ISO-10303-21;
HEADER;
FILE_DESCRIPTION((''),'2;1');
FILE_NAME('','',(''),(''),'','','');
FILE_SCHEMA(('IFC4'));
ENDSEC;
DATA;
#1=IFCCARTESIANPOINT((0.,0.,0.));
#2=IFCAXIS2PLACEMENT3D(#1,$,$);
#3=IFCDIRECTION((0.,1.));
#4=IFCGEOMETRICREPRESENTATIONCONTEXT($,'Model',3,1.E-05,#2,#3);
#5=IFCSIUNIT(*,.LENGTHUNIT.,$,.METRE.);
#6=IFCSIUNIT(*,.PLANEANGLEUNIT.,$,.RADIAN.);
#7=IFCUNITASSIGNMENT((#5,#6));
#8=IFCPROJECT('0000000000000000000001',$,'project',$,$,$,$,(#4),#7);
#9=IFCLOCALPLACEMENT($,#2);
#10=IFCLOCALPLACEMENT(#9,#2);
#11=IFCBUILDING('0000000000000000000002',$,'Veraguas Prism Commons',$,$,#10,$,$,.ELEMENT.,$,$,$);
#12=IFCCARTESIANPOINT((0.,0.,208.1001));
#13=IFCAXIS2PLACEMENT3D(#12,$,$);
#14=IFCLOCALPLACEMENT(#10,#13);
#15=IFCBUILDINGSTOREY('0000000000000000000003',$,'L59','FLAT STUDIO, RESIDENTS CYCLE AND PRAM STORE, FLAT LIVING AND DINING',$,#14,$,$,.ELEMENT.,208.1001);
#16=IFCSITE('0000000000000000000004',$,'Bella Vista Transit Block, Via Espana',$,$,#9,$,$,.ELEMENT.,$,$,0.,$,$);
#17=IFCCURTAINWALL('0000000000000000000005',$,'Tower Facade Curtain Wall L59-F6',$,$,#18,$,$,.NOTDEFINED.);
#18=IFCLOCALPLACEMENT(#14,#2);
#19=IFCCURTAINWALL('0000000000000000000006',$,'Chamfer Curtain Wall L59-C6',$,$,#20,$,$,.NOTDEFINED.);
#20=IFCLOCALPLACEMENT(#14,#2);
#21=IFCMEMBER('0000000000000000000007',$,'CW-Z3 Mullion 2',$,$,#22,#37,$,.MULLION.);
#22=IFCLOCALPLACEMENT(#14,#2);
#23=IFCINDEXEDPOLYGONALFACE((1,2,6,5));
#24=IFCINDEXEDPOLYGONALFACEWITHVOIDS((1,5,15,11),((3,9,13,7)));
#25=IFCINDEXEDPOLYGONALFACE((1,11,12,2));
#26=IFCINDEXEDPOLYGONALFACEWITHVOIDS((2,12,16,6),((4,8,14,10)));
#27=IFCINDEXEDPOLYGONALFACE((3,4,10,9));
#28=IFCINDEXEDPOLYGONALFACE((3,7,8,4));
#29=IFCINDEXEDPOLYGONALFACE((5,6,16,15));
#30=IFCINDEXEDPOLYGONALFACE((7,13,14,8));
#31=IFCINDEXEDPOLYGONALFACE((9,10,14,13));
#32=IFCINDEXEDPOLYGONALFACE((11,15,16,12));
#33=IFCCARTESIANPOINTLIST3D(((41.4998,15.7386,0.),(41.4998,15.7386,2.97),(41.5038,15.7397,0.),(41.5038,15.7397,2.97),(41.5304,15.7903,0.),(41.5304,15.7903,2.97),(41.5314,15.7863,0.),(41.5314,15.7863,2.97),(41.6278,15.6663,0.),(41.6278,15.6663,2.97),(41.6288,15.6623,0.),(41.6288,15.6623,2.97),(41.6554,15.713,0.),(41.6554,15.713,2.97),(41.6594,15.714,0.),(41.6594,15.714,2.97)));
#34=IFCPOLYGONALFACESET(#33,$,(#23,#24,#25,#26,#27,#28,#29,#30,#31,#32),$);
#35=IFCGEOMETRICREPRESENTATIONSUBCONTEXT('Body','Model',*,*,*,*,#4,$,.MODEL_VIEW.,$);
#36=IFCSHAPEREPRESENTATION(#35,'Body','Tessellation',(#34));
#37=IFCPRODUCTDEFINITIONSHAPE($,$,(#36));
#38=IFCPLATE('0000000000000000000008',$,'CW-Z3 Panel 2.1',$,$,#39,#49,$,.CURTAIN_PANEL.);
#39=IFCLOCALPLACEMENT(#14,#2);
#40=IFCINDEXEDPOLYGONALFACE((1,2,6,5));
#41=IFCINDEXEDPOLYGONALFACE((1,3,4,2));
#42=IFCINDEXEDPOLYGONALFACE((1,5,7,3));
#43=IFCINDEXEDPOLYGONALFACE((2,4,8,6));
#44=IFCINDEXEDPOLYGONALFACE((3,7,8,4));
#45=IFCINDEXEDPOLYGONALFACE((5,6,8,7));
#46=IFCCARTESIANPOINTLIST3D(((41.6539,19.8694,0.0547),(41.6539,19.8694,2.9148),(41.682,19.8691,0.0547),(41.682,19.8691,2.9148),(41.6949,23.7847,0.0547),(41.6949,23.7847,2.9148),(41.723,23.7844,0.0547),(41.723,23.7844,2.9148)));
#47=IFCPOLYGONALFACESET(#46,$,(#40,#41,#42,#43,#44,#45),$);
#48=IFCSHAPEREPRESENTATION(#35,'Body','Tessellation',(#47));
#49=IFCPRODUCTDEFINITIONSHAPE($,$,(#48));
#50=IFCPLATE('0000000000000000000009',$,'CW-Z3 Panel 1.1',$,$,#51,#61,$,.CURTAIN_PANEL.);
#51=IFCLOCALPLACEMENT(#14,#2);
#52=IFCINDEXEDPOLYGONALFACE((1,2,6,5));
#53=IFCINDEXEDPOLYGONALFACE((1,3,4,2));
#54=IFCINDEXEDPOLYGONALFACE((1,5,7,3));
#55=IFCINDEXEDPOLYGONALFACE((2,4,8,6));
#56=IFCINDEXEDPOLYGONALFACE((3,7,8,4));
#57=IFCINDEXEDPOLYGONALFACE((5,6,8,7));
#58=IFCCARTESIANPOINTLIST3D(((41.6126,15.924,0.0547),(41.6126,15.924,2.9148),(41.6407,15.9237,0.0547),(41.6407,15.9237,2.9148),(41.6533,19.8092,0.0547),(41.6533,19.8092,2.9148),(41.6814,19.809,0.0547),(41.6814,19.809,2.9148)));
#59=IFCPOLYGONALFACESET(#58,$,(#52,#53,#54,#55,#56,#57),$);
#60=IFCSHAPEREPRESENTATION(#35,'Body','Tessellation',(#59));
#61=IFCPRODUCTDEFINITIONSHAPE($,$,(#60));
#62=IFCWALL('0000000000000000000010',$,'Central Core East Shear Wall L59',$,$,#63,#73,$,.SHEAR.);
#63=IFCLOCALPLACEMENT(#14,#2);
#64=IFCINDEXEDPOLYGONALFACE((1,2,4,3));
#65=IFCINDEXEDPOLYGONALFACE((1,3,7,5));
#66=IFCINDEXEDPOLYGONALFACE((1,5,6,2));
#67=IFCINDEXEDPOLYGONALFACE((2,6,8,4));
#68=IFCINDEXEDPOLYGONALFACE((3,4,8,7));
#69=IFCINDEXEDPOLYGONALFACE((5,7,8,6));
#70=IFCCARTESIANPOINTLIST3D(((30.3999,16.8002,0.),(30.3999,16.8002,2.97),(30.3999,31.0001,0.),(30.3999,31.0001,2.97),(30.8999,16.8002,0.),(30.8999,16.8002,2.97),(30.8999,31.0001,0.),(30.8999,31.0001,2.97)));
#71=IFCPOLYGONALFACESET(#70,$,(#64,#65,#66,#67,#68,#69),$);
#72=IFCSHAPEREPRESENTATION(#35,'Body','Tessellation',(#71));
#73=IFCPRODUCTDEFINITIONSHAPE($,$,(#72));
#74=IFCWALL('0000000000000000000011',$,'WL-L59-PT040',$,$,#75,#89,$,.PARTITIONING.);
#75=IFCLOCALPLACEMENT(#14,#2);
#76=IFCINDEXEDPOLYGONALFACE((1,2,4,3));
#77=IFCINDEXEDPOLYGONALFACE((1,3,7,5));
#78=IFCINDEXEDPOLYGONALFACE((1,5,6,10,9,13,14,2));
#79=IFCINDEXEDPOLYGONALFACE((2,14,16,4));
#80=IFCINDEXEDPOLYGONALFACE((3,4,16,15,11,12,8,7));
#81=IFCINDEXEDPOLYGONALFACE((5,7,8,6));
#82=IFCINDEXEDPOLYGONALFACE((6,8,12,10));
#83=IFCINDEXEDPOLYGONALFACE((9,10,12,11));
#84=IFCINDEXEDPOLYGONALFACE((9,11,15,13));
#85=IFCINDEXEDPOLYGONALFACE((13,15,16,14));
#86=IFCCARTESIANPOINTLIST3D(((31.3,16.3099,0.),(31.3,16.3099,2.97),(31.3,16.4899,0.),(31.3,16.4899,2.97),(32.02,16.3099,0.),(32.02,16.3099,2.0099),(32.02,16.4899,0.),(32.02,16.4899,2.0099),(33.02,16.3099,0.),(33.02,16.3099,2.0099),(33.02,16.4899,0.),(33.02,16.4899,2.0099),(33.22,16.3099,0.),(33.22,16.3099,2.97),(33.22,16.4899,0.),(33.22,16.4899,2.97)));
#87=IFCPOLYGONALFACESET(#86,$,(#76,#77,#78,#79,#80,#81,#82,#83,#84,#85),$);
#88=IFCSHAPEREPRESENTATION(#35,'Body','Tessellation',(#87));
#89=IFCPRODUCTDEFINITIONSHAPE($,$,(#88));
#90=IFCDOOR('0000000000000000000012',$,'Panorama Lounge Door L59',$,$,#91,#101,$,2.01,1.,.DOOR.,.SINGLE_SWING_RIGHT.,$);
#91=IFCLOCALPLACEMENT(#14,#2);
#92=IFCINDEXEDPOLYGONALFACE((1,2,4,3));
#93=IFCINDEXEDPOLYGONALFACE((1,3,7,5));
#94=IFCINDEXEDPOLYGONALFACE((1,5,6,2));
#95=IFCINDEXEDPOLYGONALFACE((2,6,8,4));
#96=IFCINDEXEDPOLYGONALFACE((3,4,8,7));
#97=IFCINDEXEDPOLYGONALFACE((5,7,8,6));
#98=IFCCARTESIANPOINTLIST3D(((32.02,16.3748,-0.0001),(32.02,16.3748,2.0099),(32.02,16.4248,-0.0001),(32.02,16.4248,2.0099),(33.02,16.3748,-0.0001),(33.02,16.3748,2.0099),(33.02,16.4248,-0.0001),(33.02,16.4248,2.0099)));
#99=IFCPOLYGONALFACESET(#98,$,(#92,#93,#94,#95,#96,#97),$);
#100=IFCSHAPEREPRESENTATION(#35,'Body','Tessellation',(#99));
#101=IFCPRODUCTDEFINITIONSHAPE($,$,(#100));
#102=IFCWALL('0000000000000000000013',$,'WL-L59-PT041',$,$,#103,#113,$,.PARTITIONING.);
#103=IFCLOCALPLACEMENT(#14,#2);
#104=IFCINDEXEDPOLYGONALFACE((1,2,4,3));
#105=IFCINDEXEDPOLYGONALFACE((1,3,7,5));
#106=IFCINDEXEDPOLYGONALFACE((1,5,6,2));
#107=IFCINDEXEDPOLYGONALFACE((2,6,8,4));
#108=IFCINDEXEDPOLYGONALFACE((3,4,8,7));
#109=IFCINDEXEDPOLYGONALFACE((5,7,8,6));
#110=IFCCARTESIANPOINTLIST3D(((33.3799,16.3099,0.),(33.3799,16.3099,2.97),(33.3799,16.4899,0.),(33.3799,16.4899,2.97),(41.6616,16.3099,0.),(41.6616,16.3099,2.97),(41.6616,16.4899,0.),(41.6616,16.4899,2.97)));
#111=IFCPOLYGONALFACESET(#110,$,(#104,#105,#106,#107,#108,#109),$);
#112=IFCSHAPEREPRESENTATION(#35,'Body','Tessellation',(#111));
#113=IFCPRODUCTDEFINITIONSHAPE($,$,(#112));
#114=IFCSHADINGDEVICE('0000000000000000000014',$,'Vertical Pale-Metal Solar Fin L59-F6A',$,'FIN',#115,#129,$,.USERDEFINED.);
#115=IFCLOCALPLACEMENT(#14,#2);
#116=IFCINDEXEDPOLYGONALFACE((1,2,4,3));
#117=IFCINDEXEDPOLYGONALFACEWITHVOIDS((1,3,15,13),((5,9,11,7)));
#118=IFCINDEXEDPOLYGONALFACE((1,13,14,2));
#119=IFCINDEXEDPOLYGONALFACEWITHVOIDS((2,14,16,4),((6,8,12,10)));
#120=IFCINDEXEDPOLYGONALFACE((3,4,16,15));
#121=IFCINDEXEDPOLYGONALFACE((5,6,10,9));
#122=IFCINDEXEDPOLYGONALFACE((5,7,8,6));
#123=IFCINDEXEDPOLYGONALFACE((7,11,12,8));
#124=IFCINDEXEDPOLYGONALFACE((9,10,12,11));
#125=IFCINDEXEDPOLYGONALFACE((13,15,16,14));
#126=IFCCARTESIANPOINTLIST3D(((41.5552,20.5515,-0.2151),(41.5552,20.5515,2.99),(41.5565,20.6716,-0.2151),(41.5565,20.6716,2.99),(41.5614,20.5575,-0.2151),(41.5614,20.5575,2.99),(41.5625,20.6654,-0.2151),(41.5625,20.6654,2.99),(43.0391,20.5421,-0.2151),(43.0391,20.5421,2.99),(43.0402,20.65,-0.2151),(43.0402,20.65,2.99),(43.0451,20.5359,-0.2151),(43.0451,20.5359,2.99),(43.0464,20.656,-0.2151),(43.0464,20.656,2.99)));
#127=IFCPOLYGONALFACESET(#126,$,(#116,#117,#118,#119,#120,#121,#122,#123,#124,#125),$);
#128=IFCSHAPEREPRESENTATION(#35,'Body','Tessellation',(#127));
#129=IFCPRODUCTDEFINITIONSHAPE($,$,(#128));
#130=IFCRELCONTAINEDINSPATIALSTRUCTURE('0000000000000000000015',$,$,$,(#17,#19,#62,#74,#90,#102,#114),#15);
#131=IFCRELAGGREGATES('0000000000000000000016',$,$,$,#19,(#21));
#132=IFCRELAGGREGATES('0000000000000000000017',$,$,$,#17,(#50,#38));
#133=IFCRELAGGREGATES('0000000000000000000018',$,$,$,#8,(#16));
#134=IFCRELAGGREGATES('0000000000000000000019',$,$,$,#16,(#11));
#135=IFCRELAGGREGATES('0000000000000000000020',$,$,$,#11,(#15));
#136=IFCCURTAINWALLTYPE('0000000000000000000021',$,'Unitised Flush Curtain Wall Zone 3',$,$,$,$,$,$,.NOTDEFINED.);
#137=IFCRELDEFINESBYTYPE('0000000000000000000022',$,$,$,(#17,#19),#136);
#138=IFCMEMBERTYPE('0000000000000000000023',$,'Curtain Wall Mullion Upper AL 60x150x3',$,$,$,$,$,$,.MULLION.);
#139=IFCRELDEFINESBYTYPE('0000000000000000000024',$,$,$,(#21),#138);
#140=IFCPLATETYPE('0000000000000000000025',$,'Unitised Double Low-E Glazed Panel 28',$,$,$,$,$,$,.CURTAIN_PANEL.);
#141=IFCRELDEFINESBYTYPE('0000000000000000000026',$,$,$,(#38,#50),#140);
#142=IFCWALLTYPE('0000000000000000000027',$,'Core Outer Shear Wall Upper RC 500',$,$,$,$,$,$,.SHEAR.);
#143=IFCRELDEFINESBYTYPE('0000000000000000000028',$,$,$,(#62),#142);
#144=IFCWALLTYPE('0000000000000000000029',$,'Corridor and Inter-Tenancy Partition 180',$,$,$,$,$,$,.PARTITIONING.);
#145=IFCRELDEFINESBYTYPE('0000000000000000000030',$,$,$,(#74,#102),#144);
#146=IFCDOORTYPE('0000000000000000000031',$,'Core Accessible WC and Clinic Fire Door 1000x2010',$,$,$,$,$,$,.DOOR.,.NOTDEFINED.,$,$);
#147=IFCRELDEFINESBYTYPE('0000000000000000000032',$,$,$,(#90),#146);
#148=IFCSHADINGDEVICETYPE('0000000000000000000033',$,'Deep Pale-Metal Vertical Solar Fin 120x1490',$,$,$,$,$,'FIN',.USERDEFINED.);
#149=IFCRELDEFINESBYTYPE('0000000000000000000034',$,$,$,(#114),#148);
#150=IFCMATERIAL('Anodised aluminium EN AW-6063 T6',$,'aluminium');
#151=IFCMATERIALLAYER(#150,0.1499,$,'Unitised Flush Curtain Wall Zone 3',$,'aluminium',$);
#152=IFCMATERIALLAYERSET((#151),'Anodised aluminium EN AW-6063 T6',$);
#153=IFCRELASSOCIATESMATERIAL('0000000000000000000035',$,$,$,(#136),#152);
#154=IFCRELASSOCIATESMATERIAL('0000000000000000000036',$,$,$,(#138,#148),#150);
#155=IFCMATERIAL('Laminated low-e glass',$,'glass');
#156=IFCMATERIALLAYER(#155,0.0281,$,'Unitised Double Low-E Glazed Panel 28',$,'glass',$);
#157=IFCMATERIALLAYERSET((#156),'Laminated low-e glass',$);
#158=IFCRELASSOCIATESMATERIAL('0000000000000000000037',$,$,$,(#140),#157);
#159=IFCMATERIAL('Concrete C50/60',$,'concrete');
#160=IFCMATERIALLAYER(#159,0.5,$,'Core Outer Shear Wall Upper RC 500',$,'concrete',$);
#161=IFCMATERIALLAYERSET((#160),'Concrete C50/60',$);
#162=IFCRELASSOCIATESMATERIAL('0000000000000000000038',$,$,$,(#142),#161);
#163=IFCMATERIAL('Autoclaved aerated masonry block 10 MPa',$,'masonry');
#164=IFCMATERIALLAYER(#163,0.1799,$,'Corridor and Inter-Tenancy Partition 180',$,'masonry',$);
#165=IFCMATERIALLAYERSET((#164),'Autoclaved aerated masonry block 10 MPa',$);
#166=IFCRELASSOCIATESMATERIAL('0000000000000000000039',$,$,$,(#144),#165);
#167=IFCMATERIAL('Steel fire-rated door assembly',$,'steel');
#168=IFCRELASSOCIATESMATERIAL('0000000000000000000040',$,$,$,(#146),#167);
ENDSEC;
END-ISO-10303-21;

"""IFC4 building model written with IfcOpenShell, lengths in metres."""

from ifc_helpers import new_model, si_unit, direction, frame, frame_2d, origin, origin_2d, place, context, subcontext, project, spatial, rectangle, hollow_rectangle, extrude, source, transform, mapped, material, layer, layer_set, material_profile, profile_set, type_object, element, fill, aggregate, save


model = new_model("IFC4")

# Units and contexts
model_context = context("Model", 3, precision=1e-05, world=origin(), true_north=direction((0.0, 1.0)))
body_context = subcontext(model_context, "Body", "Model", "MODEL_VIEW")
ifc_project = project(units=[si_unit("LENGTHUNIT", "METRE"), si_unit("PLANEANGLEUNIT", "RADIAN")], contexts=[model_context])

# Site, building, storey
site_placement = place(None, origin())
site = spatial("IfcSite", under=ifc_project, at=site_placement, Name="Bella Vista Transit Block, Via Espana", CompositionType="ELEMENT", RefElevation=0.0)
building_placement = place(site_placement, origin())
building = spatial("IfcBuilding", under=site, at=building_placement, Name="Veraguas Prism Commons", CompositionType="ELEMENT")
storey_placement = place(building_placement, frame((0.0, 0.0, 208.1001)))
storey = spatial("IfcBuildingStorey", under=building, at=storey_placement, Name="L59", Description="FLAT STUDIO, RESIDENTS CYCLE AND PRAM STORE, FLAT LIVING AND DINING", CompositionType="ELEMENT", Elevation=208.1001)

# Shared definitions
ifc_material_1 = material(Name="Concrete C50/60", Category="concrete")

# Curtain wall
ifc_material_2 = material(Name="Anodised aluminium EN AW-6063 T6", Category="aluminium")
ifc_layer_1 = layer(ifc_material_2, 0.1499, Name="Unitised Flush Curtain Wall Zone 3", Category="aluminium")
ifc_layer_set_1 = layer_set([ifc_layer_1], Name="Anodised aluminium EN AW-6063 T6")
curtain_wall_type = type_object("IfcCurtainWallType", Name="Unitised Flush Curtain Wall Zone 3", PredefinedType="NOTDEFINED", material=ifc_layer_set_1)
curtain_wall_1_placement = place(storey_placement, origin())
curtain_wall_1 = element("IfcCurtainWall", 1, at=curtain_wall_1_placement, inside=storey, type_object=curtain_wall_type, Name="Tower Facade Curtain Wall L59-F6", PredefinedType="NOTDEFINED")
ifc_material_profile_1 = material_profile(ifc_material_2, hollow_rectangle(XDim=0.0601, YDim=0.1499, WallThickness=0.0029, at=origin_2d()), Name="AL60X150X3")
ifc_profile_set_1 = profile_set([ifc_material_profile_1], Name="Anodised aluminium EN AW-6063 T6")
member_type_1 = type_object("IfcMemberType", Name="Curtain Wall Mullion Upper AL 60x150x3", PredefinedType="MULLION", material=ifc_profile_set_1)
shared_shape_1 = source(origin(), body_context, "Body", "SweptSolid", [
    extrude(hollow_rectangle(XDim=0.0601, YDim=0.1499, WallThickness=0.0029, at=origin_2d()), origin(), (0.0, 0.0, 1.0), 2.97),
])

# Curtain wall, member
curtain_wall_2_placement = place(storey_placement, origin())
curtain_wall_2 = element("IfcCurtainWall", 2, at=curtain_wall_2_placement, inside=storey, type_object=curtain_wall_type, Name="Chamfer Curtain Wall L59-C6", PredefinedType="NOTDEFINED")
member_1_placement = place(storey_placement, frame((41.5796, 15.7263, 0.0), z_axis=(0.0, 0.0, 1.0), x_axis=(0.509058, 0.860732, 0.0)))
member_1 = element("IfcMember", 3, at=member_1_placement, type_object=member_type_1, Name="CW-Z3 Mullion 2", PredefinedType="MULLION", context=body_context, shape_type="MappedRepresentation", body=[
    mapped(shared_shape_1, transform((0.0, 0.0, 0.0), scale=1.0)),
])
aggregate(curtain_wall_2, [member_1])

# Plates
ifc_material_3 = material(Name="Laminated low-e glass", Category="glass")
ifc_layer_2 = layer(ifc_material_3, 0.0281, Name="Unitised Double Low-E Glazed Panel 28", Category="glass")
ifc_layer_set_2 = layer_set([ifc_layer_2], Name="Laminated low-e glass")
plate_type = type_object("IfcPlateType", Name="Unitised Double Low-E Glazed Panel 28", PredefinedType="CURTAIN_PANEL", material=ifc_layer_set_2)
shared_shape_2 = source(origin(), body_context, "Body", "SweptSolid", [
    extrude(rectangle(XDim=3.9155, YDim=0.0281, at=origin_2d()), origin(), (0.0, 0.0, 1.0), 2.8601),
])
plate_1_placement = place(storey_placement, frame((41.6885, 21.8269, 0.0547), z_axis=(0.0, 0.0, 1.0), x_axis=(0.01047, 0.999945, 0.0)))
plate_1 = element("IfcPlate", 4, at=plate_1_placement, type_object=plate_type, Name="CW-Z3 Panel 2.1", PredefinedType="CURTAIN_PANEL", context=body_context, shape_type="MappedRepresentation", body=[
    mapped(shared_shape_2, transform((0.0, 0.0, 0.0), scale=1.0)),
])
shared_shape_3 = source(origin(), body_context, "Body", "SweptSolid", [
    extrude(rectangle(XDim=3.8855, YDim=0.0281, at=origin_2d()), origin(), (0.0, 0.0, 1.0), 2.8601),
])
plate_2_placement = place(storey_placement, frame((41.647, 17.8665, 0.0547), z_axis=(0.0, 0.0, 1.0), x_axis=(0.01047, 0.999945, 0.0)))
plate_2 = element("IfcPlate", 5, at=plate_2_placement, type_object=plate_type, Name="CW-Z3 Panel 1.1", PredefinedType="CURTAIN_PANEL", context=body_context, shape_type="MappedRepresentation", body=[
    mapped(shared_shape_3, transform((0.0, 0.0, 0.0), scale=1.0)),
])
aggregate(curtain_wall_1, [plate_2, plate_1])

# Wall
ifc_layer_3 = layer(ifc_material_1, 0.5, Name="Core Outer Shear Wall Upper RC 500", Category="concrete")
ifc_layer_set_3 = layer_set([ifc_layer_3], Name="Concrete C50/60")
wall_type_1 = type_object("IfcWallType", Name="Core Outer Shear Wall Upper RC 500", PredefinedType="SHEAR", material=ifc_layer_set_3)
wall_1_placement = place(storey_placement, frame((30.6499, 16.8, 0.0), z_axis=(0.0, 0.0, 1.0), x_axis=(0.0, 1.0, 0.0)))
element("IfcWall", 6, at=wall_1_placement, inside=storey, type_object=wall_type_1, Name="Central Core East Shear Wall L59", PredefinedType="SHEAR", context=body_context, shape_type="SweptSolid", body=[
    extrude(rectangle(XDim=14.2, YDim=0.5, at=frame_2d((7.1001, 0.0))), origin(), (0.0, 0.0, 1.0), 2.97),
])

# Wall, opening, door
ifc_material_4 = material(Name="Autoclaved aerated masonry block 10 MPa", Category="masonry")
ifc_layer_4 = layer(ifc_material_4, 0.1799, Name="Corridor and Inter-Tenancy Partition 180", Category="masonry")
ifc_layer_set_4 = layer_set([ifc_layer_4], Name="Autoclaved aerated masonry block 10 MPa")
wall_type_2 = type_object("IfcWallType", Name="Corridor and Inter-Tenancy Partition 180", PredefinedType="PARTITIONING", material=ifc_layer_set_4)
wall_2_placement = place(storey_placement, frame((31.3, 16.3999, 0.0), z_axis=(0.0, 0.0, 1.0), x_axis=(1.0, 0.0, 0.0)))
wall_2 = element("IfcWall", 7, at=wall_2_placement, inside=storey, type_object=wall_type_2, Name="WL-L59-PT040", PredefinedType="PARTITIONING", context=body_context, shape_type="SweptSolid", body=[
    extrude(rectangle(XDim=1.9199, YDim=0.1799, at=frame_2d((0.96, 0.0))), origin(), (0.0, 0.0, 1.0), 2.97),
])
opening_placement = place(wall_2_placement, frame((0.72, 0.0, 0.0)))
opening = element("IfcOpeningElement", 8, at=opening_placement, cuts=wall_2, PredefinedType="OPENING", context=body_context, shape_type="SweptSolid", body=[
    extrude(rectangle(XDim=1.0, YDim=2.01, at=frame_2d((0.5, 1.0049))), frame((0.0, 0.0999, 0.0), z_axis=(0.0, -1.0, 0.0), x_axis=(1.0, 0.0, 0.0)), (0.0, 0.0, 1.0), 0.2),
])
ifc_material_5 = material(Name="Steel fire-rated door assembly", Category="steel")
door_type = type_object("IfcDoorType", Name="Core Accessible WC and Clinic Fire Door 1000x2010", OperationType="NOTDEFINED", PredefinedType="DOOR", material=ifc_material_5)
shared_shape_4 = source(origin(), body_context, "Body", "SweptSolid", [
    extrude(rectangle(XDim=1.0, YDim=2.01, at=frame_2d((0.5, 1.0049))), frame((0.0, 0.0249, 0.0), z_axis=(0.0, -1.0, 0.0), x_axis=(1.0, 0.0, 0.0)), (0.0, 0.0, 1.0), 0.05),
])
door_placement = place(opening_placement, origin())
door = element("IfcDoor", 9, at=door_placement, inside=storey, type_object=door_type, Name="Panorama Lounge Door L59", OperationType="SINGLE_SWING_RIGHT", OverallHeight=2.01, OverallWidth=1.0, PredefinedType="DOOR", context=body_context, shape_type="MappedRepresentation", body=[
    mapped(shared_shape_4, transform((0.0, 0.0, 0.0), scale=1.0)),
])
fill(opening, door)

# Wall
wall_3_placement = place(storey_placement, frame((33.3799, 16.3999, 0.0), z_axis=(0.0, 0.0, 1.0), x_axis=(1.0, 0.0, 0.0)))
element("IfcWall", 10, at=wall_3_placement, inside=storey, type_object=wall_type_2, Name="WL-L59-PT041", PredefinedType="PARTITIONING", context=body_context, shape_type="SweptSolid", body=[
    extrude(rectangle(XDim=8.2817, YDim=0.1799, at=frame_2d((4.1409, 0.0))), origin(), (0.0, 0.0, 1.0), 2.97),
])

# Shading device
ifc_material_profile_2 = material_profile(ifc_material_2, hollow_rectangle(XDim=0.1201, YDim=1.49, WallThickness=0.0061, at=origin_2d()), Name="FIN120X1490X6")
ifc_profile_set_2 = profile_set([ifc_material_profile_2], Name="Anodised aluminium EN AW-6063 T6")
shading_device_type = type_object("IfcShadingDeviceType", Name="Deep Pale-Metal Vertical Solar Fin 120x1490", ElementType="FIN", PredefinedType="USERDEFINED", material=ifc_profile_set_2)
shading_device_placement = place(storey_placement, frame((42.3008, 20.6038, -0.2151), z_axis=(0.0, 0.0, 1.0), x_axis=(0.010467, 0.999945, 0.0)))
element("IfcShadingDevice", 11, at=shading_device_placement, inside=storey, type_object=shading_device_type, Name="Vertical Pale-Metal Solar Fin L59-F6A", ObjectType="FIN", PredefinedType="USERDEFINED", context=body_context, shape_type="SweptSolid", body=[
    extrude(hollow_rectangle(XDim=0.1201, YDim=1.49, WallThickness=0.0061, at=origin_2d()), origin(), (0.0, 0.0, 1.0), 3.2051),
])

save(model, "model.ifc")
